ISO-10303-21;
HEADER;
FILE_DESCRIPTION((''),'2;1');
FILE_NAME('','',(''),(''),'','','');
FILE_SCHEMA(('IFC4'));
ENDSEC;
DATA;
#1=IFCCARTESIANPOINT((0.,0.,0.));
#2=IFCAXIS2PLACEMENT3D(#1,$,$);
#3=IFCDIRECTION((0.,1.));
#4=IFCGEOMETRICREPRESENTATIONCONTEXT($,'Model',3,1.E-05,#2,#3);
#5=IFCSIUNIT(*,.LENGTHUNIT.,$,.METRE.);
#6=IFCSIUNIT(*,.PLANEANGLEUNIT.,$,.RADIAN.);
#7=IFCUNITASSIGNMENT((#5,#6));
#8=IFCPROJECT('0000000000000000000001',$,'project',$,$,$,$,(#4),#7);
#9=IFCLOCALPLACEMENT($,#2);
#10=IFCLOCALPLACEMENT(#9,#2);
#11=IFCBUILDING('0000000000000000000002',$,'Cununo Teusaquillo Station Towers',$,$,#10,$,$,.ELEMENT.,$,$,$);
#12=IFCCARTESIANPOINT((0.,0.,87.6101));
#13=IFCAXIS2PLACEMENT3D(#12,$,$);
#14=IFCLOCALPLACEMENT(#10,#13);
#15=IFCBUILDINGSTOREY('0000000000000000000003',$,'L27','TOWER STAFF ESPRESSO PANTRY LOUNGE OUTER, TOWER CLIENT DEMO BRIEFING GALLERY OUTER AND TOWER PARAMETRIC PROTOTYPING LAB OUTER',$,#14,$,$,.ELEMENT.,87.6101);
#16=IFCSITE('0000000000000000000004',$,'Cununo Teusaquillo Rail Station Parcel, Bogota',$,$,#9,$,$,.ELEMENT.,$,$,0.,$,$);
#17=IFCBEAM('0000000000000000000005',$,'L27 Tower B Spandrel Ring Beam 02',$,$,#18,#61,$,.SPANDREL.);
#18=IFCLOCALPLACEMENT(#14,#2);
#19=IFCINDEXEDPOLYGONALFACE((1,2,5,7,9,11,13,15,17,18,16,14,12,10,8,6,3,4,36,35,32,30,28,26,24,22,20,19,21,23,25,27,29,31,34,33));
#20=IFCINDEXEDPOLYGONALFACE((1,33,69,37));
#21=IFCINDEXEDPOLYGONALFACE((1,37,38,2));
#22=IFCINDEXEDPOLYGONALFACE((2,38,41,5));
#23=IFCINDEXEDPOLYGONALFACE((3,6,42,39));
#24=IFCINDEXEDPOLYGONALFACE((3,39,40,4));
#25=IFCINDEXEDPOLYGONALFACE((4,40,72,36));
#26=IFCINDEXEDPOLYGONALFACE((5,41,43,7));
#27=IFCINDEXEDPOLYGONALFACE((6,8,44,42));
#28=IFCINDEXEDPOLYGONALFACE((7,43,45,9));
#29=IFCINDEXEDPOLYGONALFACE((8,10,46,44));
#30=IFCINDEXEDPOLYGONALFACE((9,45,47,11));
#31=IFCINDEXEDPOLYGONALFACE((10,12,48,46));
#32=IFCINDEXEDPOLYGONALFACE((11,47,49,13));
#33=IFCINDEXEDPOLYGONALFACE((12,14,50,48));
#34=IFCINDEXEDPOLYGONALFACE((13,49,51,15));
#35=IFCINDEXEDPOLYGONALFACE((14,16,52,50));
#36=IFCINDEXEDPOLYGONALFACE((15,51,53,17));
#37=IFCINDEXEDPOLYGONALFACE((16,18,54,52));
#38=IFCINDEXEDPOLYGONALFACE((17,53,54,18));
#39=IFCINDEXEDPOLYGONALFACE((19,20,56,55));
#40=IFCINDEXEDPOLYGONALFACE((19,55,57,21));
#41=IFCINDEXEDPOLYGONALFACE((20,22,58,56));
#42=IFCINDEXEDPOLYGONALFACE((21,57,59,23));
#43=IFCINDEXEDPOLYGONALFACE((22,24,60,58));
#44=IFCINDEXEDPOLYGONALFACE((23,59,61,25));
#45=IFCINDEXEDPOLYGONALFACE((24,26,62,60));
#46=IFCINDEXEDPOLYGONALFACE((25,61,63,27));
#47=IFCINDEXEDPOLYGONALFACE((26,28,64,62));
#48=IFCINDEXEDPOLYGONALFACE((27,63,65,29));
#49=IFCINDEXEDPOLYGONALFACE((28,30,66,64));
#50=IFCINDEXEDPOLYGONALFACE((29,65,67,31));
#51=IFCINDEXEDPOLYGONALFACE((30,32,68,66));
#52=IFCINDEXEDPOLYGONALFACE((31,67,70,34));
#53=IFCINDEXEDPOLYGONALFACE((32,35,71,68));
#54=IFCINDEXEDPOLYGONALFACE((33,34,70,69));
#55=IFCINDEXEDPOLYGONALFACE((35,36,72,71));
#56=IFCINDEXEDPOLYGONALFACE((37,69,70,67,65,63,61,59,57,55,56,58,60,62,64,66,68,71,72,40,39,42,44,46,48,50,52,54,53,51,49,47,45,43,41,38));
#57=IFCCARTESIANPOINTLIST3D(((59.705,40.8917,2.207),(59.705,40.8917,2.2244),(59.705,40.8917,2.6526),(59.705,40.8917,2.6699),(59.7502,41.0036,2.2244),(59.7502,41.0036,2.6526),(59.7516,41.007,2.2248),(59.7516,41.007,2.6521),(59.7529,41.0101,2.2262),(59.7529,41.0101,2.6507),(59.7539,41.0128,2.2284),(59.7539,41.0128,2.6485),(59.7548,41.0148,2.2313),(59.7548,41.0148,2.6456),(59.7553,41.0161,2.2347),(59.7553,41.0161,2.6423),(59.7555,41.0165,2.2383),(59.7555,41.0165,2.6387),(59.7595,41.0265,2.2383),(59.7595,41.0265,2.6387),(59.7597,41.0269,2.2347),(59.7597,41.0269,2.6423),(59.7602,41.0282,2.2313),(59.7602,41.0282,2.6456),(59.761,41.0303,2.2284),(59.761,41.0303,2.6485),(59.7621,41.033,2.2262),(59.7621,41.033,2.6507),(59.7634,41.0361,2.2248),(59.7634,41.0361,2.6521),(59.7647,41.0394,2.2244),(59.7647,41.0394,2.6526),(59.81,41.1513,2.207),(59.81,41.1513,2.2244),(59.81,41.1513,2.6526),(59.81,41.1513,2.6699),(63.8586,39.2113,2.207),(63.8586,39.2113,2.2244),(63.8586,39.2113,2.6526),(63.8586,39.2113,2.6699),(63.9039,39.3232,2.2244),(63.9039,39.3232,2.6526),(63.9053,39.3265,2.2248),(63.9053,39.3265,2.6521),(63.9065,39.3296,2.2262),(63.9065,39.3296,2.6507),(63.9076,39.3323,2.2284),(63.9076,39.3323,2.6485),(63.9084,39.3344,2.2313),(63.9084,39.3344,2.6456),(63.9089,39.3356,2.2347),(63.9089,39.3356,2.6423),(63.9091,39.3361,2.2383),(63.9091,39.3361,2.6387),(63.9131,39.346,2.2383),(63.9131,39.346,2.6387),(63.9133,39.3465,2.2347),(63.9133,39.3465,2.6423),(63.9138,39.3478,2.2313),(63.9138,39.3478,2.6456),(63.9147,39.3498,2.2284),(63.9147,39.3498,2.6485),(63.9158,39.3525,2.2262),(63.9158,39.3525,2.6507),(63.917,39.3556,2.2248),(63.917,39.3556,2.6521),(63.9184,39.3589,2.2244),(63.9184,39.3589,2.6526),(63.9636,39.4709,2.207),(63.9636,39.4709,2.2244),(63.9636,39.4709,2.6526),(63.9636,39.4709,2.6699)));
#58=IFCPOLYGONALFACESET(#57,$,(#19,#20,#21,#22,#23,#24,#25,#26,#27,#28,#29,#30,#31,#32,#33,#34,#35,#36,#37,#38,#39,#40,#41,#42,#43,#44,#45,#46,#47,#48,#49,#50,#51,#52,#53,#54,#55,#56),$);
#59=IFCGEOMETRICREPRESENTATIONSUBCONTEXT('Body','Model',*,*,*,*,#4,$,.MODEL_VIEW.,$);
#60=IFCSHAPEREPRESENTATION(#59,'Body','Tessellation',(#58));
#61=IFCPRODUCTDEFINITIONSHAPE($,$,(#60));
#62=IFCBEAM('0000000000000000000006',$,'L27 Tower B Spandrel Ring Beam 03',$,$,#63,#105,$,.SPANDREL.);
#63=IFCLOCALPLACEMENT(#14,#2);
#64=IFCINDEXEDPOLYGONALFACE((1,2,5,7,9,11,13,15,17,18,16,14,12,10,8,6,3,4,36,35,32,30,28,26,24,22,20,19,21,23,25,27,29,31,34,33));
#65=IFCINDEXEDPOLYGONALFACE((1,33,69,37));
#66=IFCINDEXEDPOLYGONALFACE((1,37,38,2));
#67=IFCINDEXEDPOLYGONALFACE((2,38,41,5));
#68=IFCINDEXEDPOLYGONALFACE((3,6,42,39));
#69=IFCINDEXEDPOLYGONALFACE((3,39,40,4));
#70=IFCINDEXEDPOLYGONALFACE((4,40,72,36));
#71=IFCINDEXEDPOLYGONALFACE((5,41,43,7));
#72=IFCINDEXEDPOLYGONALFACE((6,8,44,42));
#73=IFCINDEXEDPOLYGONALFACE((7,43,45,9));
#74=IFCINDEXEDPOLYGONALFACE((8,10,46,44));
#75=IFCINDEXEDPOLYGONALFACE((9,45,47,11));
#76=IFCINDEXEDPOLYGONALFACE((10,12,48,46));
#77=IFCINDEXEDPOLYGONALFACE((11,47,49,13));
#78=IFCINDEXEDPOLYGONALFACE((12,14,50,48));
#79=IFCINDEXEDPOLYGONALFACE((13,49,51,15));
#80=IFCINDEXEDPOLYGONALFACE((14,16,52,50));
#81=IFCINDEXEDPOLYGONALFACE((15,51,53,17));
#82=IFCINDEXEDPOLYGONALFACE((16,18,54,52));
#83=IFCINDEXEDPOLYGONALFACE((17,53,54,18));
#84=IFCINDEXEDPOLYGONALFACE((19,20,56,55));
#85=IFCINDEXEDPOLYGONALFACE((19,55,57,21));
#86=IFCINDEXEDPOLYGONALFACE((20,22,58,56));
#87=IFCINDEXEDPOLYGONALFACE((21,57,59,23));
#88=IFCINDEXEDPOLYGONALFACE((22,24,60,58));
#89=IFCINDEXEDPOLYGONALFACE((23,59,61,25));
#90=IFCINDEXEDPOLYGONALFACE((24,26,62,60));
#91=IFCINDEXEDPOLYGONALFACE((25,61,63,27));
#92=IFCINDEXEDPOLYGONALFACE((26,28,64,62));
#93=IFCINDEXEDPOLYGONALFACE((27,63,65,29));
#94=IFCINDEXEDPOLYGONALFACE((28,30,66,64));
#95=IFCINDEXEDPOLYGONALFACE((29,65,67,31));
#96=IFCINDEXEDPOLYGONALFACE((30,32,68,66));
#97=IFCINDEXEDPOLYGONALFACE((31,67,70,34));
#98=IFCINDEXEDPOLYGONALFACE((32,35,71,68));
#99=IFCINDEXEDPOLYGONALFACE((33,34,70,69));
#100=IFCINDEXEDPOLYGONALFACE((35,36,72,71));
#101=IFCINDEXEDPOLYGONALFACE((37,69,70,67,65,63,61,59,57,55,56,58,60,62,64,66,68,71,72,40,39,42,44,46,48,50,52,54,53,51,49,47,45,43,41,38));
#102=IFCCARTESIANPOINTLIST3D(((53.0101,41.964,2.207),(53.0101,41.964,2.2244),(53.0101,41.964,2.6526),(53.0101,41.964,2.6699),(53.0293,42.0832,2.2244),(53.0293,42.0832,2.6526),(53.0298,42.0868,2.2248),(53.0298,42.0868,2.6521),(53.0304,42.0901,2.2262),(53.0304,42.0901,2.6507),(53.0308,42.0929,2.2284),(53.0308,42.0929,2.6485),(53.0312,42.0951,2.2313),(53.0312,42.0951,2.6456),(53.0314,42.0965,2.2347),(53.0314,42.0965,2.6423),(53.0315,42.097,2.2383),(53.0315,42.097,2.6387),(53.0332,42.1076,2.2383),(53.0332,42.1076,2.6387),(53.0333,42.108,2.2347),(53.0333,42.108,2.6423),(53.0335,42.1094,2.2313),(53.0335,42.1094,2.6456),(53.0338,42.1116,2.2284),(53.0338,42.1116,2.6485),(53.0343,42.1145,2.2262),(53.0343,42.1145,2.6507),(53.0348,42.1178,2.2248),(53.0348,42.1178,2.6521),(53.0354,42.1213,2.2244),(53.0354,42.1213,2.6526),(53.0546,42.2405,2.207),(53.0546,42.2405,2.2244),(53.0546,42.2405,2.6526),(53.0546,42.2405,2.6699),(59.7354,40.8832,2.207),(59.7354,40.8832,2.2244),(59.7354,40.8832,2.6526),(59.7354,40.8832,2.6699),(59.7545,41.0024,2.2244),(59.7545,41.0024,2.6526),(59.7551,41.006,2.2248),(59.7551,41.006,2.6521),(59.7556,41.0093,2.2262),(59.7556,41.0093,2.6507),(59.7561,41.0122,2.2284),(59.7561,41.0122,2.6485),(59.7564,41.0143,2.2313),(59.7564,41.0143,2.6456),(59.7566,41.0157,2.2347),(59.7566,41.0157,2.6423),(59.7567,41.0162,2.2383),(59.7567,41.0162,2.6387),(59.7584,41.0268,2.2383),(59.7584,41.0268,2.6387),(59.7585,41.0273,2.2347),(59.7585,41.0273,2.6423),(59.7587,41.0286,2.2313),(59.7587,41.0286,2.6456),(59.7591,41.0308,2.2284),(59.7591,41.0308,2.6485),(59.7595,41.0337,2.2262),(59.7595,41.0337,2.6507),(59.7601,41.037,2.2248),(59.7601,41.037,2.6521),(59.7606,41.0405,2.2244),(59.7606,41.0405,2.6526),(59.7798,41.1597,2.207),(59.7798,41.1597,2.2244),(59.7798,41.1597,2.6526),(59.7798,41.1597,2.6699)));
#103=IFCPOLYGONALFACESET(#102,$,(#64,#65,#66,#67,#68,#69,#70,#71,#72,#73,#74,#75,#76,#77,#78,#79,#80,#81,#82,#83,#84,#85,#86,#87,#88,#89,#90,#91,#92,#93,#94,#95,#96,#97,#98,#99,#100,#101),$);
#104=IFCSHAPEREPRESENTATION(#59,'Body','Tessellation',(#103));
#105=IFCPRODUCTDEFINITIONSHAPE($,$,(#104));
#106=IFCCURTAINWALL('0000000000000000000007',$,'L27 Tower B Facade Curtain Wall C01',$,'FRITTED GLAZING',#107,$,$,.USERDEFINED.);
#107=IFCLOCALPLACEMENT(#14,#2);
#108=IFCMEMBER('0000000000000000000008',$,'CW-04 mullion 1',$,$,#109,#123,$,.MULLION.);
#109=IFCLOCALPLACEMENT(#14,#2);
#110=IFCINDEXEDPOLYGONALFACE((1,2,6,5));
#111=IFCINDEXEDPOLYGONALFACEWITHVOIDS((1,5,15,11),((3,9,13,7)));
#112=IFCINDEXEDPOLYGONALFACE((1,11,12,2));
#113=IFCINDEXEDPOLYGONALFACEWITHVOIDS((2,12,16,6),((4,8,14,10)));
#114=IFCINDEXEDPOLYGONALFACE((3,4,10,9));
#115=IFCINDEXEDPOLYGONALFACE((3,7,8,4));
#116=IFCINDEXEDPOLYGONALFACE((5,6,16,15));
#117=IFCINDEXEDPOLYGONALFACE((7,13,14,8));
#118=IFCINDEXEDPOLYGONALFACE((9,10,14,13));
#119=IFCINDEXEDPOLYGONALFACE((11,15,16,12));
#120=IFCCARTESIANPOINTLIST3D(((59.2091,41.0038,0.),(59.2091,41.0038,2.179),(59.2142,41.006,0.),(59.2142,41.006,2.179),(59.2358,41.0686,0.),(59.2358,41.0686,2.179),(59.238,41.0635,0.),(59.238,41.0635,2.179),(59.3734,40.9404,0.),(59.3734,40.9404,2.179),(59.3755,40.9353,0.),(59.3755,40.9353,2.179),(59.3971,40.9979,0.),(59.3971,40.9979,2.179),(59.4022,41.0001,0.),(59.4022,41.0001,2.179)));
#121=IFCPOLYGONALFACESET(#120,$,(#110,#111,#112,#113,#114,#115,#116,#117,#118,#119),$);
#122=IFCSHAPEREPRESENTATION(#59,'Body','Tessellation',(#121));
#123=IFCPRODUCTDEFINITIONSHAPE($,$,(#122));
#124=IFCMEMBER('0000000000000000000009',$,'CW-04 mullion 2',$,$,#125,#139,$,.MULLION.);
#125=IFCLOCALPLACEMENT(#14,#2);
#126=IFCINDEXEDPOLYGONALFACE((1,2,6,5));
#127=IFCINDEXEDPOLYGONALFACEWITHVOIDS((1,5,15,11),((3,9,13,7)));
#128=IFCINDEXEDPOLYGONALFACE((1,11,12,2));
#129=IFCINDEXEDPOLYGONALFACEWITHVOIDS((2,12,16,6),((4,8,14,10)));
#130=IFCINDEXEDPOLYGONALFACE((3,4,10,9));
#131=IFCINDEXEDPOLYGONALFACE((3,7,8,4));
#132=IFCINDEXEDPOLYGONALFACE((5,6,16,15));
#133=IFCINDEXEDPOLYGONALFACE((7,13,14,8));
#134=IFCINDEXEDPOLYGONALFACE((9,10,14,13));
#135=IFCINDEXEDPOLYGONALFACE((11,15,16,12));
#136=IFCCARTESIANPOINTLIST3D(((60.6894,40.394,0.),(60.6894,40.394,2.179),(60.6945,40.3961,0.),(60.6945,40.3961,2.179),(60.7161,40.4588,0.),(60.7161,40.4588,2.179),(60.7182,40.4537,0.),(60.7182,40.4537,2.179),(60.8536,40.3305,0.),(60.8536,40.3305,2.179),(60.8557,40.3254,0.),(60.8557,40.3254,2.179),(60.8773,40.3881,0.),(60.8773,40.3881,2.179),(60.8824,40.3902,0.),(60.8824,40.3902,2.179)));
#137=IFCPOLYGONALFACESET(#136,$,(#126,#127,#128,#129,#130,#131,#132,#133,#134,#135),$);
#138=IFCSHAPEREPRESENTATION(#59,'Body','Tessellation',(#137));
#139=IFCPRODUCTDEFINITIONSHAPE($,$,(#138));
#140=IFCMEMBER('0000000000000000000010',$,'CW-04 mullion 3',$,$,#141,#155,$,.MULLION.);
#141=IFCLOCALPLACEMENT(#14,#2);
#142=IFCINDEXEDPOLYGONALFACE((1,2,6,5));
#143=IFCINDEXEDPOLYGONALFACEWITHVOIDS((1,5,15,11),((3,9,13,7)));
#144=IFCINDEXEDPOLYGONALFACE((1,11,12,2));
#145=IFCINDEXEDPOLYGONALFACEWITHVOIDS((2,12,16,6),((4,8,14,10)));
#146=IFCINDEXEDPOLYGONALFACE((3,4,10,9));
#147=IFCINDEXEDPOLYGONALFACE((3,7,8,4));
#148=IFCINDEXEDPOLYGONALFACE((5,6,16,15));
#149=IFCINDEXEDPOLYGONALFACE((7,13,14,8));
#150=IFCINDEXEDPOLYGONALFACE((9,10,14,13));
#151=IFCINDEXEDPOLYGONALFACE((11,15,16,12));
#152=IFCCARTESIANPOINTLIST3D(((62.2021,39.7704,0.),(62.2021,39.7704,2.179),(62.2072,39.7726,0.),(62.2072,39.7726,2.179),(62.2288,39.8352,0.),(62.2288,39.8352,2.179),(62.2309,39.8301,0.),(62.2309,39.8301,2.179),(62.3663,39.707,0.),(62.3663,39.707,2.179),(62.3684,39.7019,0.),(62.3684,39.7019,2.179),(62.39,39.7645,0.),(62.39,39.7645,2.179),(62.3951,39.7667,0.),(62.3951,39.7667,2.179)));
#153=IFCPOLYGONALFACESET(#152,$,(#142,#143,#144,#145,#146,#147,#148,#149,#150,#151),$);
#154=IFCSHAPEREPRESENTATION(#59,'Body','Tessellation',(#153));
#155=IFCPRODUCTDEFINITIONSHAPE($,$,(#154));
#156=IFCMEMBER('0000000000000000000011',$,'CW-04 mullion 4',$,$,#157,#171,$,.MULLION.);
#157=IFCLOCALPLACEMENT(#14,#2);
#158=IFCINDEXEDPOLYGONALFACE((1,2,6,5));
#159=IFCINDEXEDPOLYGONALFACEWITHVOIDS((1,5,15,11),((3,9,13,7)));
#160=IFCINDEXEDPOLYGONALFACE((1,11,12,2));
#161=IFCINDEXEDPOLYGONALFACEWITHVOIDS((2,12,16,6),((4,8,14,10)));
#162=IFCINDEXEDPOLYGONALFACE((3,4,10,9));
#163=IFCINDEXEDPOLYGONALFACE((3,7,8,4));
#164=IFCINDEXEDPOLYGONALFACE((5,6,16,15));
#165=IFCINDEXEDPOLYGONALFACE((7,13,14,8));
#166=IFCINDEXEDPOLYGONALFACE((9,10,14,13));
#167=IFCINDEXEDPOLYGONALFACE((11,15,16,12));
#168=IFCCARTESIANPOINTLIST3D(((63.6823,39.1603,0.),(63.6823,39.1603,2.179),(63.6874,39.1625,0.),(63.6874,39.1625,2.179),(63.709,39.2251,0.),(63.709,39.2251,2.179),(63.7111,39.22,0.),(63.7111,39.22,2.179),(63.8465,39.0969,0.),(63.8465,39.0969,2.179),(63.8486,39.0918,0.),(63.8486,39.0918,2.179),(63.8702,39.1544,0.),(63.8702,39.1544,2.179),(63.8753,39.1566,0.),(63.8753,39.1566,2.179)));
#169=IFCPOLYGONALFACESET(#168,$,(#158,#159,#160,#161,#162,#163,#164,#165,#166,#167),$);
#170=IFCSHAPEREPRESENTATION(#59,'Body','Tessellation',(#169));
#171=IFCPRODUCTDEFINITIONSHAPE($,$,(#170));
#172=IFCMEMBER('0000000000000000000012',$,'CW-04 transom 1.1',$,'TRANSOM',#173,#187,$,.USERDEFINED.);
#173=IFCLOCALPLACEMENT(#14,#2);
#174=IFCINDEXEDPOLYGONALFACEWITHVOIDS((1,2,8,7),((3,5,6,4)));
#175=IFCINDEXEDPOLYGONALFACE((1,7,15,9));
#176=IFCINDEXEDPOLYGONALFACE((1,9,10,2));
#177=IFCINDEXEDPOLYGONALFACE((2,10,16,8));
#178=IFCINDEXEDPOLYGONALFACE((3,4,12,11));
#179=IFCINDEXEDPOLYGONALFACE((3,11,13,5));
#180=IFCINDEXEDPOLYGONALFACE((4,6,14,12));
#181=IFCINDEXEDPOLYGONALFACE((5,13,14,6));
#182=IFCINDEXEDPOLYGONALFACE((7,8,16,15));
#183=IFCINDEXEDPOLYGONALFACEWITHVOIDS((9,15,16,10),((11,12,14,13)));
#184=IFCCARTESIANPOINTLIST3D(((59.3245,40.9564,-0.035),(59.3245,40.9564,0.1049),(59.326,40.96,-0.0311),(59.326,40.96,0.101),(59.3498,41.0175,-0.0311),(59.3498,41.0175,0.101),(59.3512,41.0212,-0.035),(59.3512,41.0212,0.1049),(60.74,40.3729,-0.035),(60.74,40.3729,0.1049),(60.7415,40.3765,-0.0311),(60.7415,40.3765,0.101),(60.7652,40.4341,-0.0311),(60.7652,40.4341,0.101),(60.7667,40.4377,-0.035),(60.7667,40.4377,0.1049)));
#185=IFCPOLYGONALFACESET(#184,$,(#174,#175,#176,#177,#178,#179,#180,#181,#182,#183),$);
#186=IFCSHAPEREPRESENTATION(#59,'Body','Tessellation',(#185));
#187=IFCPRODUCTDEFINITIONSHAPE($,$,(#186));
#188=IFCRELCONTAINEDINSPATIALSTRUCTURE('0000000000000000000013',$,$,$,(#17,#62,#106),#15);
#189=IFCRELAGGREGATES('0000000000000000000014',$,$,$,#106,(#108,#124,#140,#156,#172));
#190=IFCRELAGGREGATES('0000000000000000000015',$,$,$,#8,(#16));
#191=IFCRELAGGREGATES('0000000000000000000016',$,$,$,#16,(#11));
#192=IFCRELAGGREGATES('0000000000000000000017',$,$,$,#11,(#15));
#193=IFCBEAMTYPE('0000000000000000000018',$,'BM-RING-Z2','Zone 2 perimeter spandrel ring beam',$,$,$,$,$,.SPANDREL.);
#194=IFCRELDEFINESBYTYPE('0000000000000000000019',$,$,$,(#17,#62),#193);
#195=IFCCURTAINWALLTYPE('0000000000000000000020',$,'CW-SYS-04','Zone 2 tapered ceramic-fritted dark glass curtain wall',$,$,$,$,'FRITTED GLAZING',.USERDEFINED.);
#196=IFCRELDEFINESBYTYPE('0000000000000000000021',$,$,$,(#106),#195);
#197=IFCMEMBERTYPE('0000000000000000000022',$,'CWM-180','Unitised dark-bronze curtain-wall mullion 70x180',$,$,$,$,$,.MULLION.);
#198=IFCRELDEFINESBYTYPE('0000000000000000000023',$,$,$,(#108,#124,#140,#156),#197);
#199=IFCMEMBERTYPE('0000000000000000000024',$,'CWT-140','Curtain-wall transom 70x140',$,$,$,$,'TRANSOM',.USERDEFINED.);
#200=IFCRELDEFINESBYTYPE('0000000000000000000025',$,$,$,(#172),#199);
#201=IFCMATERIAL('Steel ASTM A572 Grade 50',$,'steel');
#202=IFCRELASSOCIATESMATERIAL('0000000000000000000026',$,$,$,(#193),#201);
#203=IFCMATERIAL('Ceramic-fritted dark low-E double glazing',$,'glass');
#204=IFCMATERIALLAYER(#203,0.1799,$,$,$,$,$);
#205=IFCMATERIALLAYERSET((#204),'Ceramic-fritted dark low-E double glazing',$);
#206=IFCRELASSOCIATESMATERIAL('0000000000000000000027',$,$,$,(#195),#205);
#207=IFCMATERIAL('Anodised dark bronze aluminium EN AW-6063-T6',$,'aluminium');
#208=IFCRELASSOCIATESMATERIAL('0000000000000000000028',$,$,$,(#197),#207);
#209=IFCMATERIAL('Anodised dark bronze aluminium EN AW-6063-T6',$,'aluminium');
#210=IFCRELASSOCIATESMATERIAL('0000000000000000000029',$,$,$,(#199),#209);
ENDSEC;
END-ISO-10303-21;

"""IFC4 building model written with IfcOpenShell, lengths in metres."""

from ifc_helpers import new_model, si_unit, direction, frame, origin, origin_2d, place, context, subcontext, project, spatial, hollow_rectangle, i_section, extrude, material, layer, layer_set, material_profile, profile_set, type_object, element, aggregate, save


model = new_model("IFC4")

# Units and contexts
model_context = context("Model", 3, precision=1e-05, world=origin(), true_north=direction((0.0, 1.0)))
body_context = subcontext(model_context, "Body", "Model", "MODEL_VIEW")
ifc_project = project(units=[si_unit("LENGTHUNIT", "METRE"), si_unit("PLANEANGLEUNIT", "RADIAN")], contexts=[model_context])

# Site, building, storey
site_placement = place(None, origin())
site = spatial("IfcSite", under=ifc_project, at=site_placement, Name="Cununo Teusaquillo Rail Station Parcel, Bogota", CompositionType="ELEMENT", RefElevation=0.0)
building_placement = place(site_placement, origin())
building = spatial("IfcBuilding", under=site, at=building_placement, Name="Cununo Teusaquillo Station Towers", CompositionType="ELEMENT")
storey_placement = place(building_placement, frame((0.0, 0.0, 87.6101)))
storey = spatial("IfcBuildingStorey", under=building, at=storey_placement, Name="L27", Description="TOWER STAFF ESPRESSO PANTRY LOUNGE OUTER, TOWER CLIENT DEMO BRIEFING GALLERY OUTER AND TOWER PARAMETRIC PROTOTYPING LAB OUTER", CompositionType="ELEMENT", Elevation=87.6101)

# Beams
ifc_material_1 = material(Name="Steel ASTM A572 Grade 50", Category="steel")
ifc_material_profile_1 = material_profile(ifc_material_1, i_section(OverallWidth=0.28, OverallDepth=0.4629, WebThickness=0.0107, FlangeThickness=0.0173, FilletRadius=0.0139, at=origin_2d()), Name="W18X76")
ifc_profile_set_1 = profile_set([ifc_material_profile_1], Name="Steel ASTM A572 Grade 50")
beam_type_1 = type_object("IfcBeamType", Name="BM-RING-Z2", Description="Zone 2 perimeter spandrel ring beam", PredefinedType="SPANDREL", material=ifc_profile_set_1)
beam_1_placement = place(storey_placement, frame((63.9111, 39.3411, 2.4385), z_axis=(-0.927008, 0.375042, 0.0), x_axis=(-0.375042, -0.927008, 0.0)))
element("IfcBeam", 1, at=beam_1_placement, inside=storey, type_object=beam_type_1, Name="L27 Tower B Spandrel Ring Beam 02", PredefinedType="SPANDREL", context=body_context, shape_type="SweptSolid", body=[
    extrude(i_section(OverallWidth=0.28, OverallDepth=0.4629, WebThickness=0.0107, FlangeThickness=0.0173, FilletRadius=0.0139, at=origin_2d()), origin(), (0.0, 0.0, 1.0), 4.4807),
])
beam_2_placement = place(storey_placement, frame((59.7576, 41.0215, 2.4385), z_axis=(-0.987331, 0.158671, 0.0), x_axis=(-0.158671, -0.987331, 0.0)))
element("IfcBeam", 2, at=beam_2_placement, inside=storey, type_object=beam_type_1, Name="L27 Tower B Spandrel Ring Beam 03", PredefinedType="SPANDREL", context=body_context, shape_type="SweptSolid", body=[
    extrude(i_section(OverallWidth=0.28, OverallDepth=0.4629, WebThickness=0.0107, FlangeThickness=0.0173, FilletRadius=0.0139, at=origin_2d()), origin(), (0.0, 0.0, 1.0), 6.8115),
])

# Curtain wall, members
ifc_material_2 = material(Name="Ceramic-fritted dark low-E double glazing", Category="glass")
ifc_layer_1 = layer(ifc_material_2, 0.1799)
ifc_layer_set_1 = layer_set([ifc_layer_1], Name="Ceramic-fritted dark low-E double glazing")
curtain_wall_type = type_object("IfcCurtainWallType", Name="CW-SYS-04", Description="Zone 2 tapered ceramic-fritted dark glass curtain wall", ElementType="FRITTED GLAZING", PredefinedType="USERDEFINED", material=ifc_layer_set_1)
curtain_wall_placement = place(storey_placement, origin())
curtain_wall = element("IfcCurtainWall", 3, at=curtain_wall_placement, inside=storey, type_object=curtain_wall_type, Name="L27 Tower B Facade Curtain Wall C01", ObjectType="FRITTED GLAZING", PredefinedType="USERDEFINED")
ifc_material_3 = material(Name="Anodised dark bronze aluminium EN AW-6063-T6", Category="aluminium")
ifc_material_profile_2 = material_profile(ifc_material_3, hollow_rectangle(XDim=0.0701, YDim=0.1799, WallThickness=0.0039, at=origin_2d()), Name="CW-MULL-70x180")
ifc_profile_set_2 = profile_set([ifc_material_profile_2], Name="Anodised dark bronze aluminium EN AW-6063-T6")
member_type_1 = type_object("IfcMemberType", Name="CWM-180", Description="Unitised dark-bronze curtain-wall mullion 70x180", PredefinedType="MULLION", material=ifc_profile_set_2)
member_1_placement = place(storey_placement, frame((59.3057, 41.002, 0.0), z_axis=(0.0, 0.0, 1.0), x_axis=(0.381031, 0.924562, 0.0)))
member_1 = element("IfcMember", 4, at=member_1_placement, type_object=member_type_1, Name="CW-04 mullion 1", PredefinedType="MULLION", context=body_context, shape_type="SweptSolid", body=[
    extrude(hollow_rectangle(XDim=0.0701, YDim=0.1799, WallThickness=0.0039, at=origin_2d()), origin(), (0.0, 0.0, 1.0), 2.179),
])
member_2_placement = place(storey_placement, frame((60.7859, 40.3921, 0.0), z_axis=(0.0, 0.0, 1.0), x_axis=(0.381031, 0.924562, 0.0)))
member_2 = element("IfcMember", 5, at=member_2_placement, type_object=member_type_1, Name="CW-04 mullion 2", PredefinedType="MULLION", context=body_context, shape_type="SweptSolid", body=[
    extrude(hollow_rectangle(XDim=0.0701, YDim=0.1799, WallThickness=0.0039, at=origin_2d()), origin(), (0.0, 0.0, 1.0), 2.179),
])
member_3_placement = place(storey_placement, frame((62.2986, 39.7686, 0.0), z_axis=(0.0, 0.0, 1.0), x_axis=(0.381031, 0.924562, 0.0)))
member_3 = element("IfcMember", 6, at=member_3_placement, type_object=member_type_1, Name="CW-04 mullion 3", PredefinedType="MULLION", context=body_context, shape_type="SweptSolid", body=[
    extrude(hollow_rectangle(XDim=0.0701, YDim=0.1799, WallThickness=0.0039, at=origin_2d()), origin(), (0.0, 0.0, 1.0), 2.179),
])
member_4_placement = place(storey_placement, frame((63.7788, 39.1584, 0.0), z_axis=(0.0, 0.0, 1.0), x_axis=(0.381031, 0.924562, 0.0)))
member_4 = element("IfcMember", 7, at=member_4_placement, type_object=member_type_1, Name="CW-04 mullion 4", PredefinedType="MULLION", context=body_context, shape_type="SweptSolid", body=[
    extrude(hollow_rectangle(XDim=0.0701, YDim=0.1799, WallThickness=0.0039, at=origin_2d()), origin(), (0.0, 0.0, 1.0), 2.179),
])
ifc_material_4 = material(Name="Anodised dark bronze aluminium EN AW-6063-T6", Category="aluminium")
ifc_material_profile_3 = material_profile(ifc_material_4, hollow_rectangle(XDim=0.0701, YDim=0.1399, WallThickness=0.0039, at=origin_2d()), Name="CW-TRAN-70x140")
ifc_profile_set_3 = profile_set([ifc_material_profile_3], Name="Anodised dark bronze aluminium EN AW-6063-T6")
member_type_2 = type_object("IfcMemberType", Name="CWT-140", Description="Curtain-wall transom 70x140", ElementType="TRANSOM", PredefinedType="USERDEFINED", material=ifc_profile_set_3)
member_5_placement = place(storey_placement, frame((59.3379, 40.9888, 0.0349), z_axis=(0.924533, -0.381103, 0.0), x_axis=(0.381103, 0.924533, 0.0)))
member_5 = element("IfcMember", 8, at=member_5_placement, type_object=member_type_2, Name="CW-04 transom 1.1", ObjectType="TRANSOM", PredefinedType="USERDEFINED", context=body_context, shape_type="SweptSolid", body=[
    extrude(hollow_rectangle(XDim=0.0701, YDim=0.1399, WallThickness=0.0039, at=origin_2d()), origin(), (0.0, 0.0, 1.0), 1.531),
])

aggregate(curtain_wall, [member_1, member_2, member_3, member_4, member_5])

save(model, "model.ifc")
